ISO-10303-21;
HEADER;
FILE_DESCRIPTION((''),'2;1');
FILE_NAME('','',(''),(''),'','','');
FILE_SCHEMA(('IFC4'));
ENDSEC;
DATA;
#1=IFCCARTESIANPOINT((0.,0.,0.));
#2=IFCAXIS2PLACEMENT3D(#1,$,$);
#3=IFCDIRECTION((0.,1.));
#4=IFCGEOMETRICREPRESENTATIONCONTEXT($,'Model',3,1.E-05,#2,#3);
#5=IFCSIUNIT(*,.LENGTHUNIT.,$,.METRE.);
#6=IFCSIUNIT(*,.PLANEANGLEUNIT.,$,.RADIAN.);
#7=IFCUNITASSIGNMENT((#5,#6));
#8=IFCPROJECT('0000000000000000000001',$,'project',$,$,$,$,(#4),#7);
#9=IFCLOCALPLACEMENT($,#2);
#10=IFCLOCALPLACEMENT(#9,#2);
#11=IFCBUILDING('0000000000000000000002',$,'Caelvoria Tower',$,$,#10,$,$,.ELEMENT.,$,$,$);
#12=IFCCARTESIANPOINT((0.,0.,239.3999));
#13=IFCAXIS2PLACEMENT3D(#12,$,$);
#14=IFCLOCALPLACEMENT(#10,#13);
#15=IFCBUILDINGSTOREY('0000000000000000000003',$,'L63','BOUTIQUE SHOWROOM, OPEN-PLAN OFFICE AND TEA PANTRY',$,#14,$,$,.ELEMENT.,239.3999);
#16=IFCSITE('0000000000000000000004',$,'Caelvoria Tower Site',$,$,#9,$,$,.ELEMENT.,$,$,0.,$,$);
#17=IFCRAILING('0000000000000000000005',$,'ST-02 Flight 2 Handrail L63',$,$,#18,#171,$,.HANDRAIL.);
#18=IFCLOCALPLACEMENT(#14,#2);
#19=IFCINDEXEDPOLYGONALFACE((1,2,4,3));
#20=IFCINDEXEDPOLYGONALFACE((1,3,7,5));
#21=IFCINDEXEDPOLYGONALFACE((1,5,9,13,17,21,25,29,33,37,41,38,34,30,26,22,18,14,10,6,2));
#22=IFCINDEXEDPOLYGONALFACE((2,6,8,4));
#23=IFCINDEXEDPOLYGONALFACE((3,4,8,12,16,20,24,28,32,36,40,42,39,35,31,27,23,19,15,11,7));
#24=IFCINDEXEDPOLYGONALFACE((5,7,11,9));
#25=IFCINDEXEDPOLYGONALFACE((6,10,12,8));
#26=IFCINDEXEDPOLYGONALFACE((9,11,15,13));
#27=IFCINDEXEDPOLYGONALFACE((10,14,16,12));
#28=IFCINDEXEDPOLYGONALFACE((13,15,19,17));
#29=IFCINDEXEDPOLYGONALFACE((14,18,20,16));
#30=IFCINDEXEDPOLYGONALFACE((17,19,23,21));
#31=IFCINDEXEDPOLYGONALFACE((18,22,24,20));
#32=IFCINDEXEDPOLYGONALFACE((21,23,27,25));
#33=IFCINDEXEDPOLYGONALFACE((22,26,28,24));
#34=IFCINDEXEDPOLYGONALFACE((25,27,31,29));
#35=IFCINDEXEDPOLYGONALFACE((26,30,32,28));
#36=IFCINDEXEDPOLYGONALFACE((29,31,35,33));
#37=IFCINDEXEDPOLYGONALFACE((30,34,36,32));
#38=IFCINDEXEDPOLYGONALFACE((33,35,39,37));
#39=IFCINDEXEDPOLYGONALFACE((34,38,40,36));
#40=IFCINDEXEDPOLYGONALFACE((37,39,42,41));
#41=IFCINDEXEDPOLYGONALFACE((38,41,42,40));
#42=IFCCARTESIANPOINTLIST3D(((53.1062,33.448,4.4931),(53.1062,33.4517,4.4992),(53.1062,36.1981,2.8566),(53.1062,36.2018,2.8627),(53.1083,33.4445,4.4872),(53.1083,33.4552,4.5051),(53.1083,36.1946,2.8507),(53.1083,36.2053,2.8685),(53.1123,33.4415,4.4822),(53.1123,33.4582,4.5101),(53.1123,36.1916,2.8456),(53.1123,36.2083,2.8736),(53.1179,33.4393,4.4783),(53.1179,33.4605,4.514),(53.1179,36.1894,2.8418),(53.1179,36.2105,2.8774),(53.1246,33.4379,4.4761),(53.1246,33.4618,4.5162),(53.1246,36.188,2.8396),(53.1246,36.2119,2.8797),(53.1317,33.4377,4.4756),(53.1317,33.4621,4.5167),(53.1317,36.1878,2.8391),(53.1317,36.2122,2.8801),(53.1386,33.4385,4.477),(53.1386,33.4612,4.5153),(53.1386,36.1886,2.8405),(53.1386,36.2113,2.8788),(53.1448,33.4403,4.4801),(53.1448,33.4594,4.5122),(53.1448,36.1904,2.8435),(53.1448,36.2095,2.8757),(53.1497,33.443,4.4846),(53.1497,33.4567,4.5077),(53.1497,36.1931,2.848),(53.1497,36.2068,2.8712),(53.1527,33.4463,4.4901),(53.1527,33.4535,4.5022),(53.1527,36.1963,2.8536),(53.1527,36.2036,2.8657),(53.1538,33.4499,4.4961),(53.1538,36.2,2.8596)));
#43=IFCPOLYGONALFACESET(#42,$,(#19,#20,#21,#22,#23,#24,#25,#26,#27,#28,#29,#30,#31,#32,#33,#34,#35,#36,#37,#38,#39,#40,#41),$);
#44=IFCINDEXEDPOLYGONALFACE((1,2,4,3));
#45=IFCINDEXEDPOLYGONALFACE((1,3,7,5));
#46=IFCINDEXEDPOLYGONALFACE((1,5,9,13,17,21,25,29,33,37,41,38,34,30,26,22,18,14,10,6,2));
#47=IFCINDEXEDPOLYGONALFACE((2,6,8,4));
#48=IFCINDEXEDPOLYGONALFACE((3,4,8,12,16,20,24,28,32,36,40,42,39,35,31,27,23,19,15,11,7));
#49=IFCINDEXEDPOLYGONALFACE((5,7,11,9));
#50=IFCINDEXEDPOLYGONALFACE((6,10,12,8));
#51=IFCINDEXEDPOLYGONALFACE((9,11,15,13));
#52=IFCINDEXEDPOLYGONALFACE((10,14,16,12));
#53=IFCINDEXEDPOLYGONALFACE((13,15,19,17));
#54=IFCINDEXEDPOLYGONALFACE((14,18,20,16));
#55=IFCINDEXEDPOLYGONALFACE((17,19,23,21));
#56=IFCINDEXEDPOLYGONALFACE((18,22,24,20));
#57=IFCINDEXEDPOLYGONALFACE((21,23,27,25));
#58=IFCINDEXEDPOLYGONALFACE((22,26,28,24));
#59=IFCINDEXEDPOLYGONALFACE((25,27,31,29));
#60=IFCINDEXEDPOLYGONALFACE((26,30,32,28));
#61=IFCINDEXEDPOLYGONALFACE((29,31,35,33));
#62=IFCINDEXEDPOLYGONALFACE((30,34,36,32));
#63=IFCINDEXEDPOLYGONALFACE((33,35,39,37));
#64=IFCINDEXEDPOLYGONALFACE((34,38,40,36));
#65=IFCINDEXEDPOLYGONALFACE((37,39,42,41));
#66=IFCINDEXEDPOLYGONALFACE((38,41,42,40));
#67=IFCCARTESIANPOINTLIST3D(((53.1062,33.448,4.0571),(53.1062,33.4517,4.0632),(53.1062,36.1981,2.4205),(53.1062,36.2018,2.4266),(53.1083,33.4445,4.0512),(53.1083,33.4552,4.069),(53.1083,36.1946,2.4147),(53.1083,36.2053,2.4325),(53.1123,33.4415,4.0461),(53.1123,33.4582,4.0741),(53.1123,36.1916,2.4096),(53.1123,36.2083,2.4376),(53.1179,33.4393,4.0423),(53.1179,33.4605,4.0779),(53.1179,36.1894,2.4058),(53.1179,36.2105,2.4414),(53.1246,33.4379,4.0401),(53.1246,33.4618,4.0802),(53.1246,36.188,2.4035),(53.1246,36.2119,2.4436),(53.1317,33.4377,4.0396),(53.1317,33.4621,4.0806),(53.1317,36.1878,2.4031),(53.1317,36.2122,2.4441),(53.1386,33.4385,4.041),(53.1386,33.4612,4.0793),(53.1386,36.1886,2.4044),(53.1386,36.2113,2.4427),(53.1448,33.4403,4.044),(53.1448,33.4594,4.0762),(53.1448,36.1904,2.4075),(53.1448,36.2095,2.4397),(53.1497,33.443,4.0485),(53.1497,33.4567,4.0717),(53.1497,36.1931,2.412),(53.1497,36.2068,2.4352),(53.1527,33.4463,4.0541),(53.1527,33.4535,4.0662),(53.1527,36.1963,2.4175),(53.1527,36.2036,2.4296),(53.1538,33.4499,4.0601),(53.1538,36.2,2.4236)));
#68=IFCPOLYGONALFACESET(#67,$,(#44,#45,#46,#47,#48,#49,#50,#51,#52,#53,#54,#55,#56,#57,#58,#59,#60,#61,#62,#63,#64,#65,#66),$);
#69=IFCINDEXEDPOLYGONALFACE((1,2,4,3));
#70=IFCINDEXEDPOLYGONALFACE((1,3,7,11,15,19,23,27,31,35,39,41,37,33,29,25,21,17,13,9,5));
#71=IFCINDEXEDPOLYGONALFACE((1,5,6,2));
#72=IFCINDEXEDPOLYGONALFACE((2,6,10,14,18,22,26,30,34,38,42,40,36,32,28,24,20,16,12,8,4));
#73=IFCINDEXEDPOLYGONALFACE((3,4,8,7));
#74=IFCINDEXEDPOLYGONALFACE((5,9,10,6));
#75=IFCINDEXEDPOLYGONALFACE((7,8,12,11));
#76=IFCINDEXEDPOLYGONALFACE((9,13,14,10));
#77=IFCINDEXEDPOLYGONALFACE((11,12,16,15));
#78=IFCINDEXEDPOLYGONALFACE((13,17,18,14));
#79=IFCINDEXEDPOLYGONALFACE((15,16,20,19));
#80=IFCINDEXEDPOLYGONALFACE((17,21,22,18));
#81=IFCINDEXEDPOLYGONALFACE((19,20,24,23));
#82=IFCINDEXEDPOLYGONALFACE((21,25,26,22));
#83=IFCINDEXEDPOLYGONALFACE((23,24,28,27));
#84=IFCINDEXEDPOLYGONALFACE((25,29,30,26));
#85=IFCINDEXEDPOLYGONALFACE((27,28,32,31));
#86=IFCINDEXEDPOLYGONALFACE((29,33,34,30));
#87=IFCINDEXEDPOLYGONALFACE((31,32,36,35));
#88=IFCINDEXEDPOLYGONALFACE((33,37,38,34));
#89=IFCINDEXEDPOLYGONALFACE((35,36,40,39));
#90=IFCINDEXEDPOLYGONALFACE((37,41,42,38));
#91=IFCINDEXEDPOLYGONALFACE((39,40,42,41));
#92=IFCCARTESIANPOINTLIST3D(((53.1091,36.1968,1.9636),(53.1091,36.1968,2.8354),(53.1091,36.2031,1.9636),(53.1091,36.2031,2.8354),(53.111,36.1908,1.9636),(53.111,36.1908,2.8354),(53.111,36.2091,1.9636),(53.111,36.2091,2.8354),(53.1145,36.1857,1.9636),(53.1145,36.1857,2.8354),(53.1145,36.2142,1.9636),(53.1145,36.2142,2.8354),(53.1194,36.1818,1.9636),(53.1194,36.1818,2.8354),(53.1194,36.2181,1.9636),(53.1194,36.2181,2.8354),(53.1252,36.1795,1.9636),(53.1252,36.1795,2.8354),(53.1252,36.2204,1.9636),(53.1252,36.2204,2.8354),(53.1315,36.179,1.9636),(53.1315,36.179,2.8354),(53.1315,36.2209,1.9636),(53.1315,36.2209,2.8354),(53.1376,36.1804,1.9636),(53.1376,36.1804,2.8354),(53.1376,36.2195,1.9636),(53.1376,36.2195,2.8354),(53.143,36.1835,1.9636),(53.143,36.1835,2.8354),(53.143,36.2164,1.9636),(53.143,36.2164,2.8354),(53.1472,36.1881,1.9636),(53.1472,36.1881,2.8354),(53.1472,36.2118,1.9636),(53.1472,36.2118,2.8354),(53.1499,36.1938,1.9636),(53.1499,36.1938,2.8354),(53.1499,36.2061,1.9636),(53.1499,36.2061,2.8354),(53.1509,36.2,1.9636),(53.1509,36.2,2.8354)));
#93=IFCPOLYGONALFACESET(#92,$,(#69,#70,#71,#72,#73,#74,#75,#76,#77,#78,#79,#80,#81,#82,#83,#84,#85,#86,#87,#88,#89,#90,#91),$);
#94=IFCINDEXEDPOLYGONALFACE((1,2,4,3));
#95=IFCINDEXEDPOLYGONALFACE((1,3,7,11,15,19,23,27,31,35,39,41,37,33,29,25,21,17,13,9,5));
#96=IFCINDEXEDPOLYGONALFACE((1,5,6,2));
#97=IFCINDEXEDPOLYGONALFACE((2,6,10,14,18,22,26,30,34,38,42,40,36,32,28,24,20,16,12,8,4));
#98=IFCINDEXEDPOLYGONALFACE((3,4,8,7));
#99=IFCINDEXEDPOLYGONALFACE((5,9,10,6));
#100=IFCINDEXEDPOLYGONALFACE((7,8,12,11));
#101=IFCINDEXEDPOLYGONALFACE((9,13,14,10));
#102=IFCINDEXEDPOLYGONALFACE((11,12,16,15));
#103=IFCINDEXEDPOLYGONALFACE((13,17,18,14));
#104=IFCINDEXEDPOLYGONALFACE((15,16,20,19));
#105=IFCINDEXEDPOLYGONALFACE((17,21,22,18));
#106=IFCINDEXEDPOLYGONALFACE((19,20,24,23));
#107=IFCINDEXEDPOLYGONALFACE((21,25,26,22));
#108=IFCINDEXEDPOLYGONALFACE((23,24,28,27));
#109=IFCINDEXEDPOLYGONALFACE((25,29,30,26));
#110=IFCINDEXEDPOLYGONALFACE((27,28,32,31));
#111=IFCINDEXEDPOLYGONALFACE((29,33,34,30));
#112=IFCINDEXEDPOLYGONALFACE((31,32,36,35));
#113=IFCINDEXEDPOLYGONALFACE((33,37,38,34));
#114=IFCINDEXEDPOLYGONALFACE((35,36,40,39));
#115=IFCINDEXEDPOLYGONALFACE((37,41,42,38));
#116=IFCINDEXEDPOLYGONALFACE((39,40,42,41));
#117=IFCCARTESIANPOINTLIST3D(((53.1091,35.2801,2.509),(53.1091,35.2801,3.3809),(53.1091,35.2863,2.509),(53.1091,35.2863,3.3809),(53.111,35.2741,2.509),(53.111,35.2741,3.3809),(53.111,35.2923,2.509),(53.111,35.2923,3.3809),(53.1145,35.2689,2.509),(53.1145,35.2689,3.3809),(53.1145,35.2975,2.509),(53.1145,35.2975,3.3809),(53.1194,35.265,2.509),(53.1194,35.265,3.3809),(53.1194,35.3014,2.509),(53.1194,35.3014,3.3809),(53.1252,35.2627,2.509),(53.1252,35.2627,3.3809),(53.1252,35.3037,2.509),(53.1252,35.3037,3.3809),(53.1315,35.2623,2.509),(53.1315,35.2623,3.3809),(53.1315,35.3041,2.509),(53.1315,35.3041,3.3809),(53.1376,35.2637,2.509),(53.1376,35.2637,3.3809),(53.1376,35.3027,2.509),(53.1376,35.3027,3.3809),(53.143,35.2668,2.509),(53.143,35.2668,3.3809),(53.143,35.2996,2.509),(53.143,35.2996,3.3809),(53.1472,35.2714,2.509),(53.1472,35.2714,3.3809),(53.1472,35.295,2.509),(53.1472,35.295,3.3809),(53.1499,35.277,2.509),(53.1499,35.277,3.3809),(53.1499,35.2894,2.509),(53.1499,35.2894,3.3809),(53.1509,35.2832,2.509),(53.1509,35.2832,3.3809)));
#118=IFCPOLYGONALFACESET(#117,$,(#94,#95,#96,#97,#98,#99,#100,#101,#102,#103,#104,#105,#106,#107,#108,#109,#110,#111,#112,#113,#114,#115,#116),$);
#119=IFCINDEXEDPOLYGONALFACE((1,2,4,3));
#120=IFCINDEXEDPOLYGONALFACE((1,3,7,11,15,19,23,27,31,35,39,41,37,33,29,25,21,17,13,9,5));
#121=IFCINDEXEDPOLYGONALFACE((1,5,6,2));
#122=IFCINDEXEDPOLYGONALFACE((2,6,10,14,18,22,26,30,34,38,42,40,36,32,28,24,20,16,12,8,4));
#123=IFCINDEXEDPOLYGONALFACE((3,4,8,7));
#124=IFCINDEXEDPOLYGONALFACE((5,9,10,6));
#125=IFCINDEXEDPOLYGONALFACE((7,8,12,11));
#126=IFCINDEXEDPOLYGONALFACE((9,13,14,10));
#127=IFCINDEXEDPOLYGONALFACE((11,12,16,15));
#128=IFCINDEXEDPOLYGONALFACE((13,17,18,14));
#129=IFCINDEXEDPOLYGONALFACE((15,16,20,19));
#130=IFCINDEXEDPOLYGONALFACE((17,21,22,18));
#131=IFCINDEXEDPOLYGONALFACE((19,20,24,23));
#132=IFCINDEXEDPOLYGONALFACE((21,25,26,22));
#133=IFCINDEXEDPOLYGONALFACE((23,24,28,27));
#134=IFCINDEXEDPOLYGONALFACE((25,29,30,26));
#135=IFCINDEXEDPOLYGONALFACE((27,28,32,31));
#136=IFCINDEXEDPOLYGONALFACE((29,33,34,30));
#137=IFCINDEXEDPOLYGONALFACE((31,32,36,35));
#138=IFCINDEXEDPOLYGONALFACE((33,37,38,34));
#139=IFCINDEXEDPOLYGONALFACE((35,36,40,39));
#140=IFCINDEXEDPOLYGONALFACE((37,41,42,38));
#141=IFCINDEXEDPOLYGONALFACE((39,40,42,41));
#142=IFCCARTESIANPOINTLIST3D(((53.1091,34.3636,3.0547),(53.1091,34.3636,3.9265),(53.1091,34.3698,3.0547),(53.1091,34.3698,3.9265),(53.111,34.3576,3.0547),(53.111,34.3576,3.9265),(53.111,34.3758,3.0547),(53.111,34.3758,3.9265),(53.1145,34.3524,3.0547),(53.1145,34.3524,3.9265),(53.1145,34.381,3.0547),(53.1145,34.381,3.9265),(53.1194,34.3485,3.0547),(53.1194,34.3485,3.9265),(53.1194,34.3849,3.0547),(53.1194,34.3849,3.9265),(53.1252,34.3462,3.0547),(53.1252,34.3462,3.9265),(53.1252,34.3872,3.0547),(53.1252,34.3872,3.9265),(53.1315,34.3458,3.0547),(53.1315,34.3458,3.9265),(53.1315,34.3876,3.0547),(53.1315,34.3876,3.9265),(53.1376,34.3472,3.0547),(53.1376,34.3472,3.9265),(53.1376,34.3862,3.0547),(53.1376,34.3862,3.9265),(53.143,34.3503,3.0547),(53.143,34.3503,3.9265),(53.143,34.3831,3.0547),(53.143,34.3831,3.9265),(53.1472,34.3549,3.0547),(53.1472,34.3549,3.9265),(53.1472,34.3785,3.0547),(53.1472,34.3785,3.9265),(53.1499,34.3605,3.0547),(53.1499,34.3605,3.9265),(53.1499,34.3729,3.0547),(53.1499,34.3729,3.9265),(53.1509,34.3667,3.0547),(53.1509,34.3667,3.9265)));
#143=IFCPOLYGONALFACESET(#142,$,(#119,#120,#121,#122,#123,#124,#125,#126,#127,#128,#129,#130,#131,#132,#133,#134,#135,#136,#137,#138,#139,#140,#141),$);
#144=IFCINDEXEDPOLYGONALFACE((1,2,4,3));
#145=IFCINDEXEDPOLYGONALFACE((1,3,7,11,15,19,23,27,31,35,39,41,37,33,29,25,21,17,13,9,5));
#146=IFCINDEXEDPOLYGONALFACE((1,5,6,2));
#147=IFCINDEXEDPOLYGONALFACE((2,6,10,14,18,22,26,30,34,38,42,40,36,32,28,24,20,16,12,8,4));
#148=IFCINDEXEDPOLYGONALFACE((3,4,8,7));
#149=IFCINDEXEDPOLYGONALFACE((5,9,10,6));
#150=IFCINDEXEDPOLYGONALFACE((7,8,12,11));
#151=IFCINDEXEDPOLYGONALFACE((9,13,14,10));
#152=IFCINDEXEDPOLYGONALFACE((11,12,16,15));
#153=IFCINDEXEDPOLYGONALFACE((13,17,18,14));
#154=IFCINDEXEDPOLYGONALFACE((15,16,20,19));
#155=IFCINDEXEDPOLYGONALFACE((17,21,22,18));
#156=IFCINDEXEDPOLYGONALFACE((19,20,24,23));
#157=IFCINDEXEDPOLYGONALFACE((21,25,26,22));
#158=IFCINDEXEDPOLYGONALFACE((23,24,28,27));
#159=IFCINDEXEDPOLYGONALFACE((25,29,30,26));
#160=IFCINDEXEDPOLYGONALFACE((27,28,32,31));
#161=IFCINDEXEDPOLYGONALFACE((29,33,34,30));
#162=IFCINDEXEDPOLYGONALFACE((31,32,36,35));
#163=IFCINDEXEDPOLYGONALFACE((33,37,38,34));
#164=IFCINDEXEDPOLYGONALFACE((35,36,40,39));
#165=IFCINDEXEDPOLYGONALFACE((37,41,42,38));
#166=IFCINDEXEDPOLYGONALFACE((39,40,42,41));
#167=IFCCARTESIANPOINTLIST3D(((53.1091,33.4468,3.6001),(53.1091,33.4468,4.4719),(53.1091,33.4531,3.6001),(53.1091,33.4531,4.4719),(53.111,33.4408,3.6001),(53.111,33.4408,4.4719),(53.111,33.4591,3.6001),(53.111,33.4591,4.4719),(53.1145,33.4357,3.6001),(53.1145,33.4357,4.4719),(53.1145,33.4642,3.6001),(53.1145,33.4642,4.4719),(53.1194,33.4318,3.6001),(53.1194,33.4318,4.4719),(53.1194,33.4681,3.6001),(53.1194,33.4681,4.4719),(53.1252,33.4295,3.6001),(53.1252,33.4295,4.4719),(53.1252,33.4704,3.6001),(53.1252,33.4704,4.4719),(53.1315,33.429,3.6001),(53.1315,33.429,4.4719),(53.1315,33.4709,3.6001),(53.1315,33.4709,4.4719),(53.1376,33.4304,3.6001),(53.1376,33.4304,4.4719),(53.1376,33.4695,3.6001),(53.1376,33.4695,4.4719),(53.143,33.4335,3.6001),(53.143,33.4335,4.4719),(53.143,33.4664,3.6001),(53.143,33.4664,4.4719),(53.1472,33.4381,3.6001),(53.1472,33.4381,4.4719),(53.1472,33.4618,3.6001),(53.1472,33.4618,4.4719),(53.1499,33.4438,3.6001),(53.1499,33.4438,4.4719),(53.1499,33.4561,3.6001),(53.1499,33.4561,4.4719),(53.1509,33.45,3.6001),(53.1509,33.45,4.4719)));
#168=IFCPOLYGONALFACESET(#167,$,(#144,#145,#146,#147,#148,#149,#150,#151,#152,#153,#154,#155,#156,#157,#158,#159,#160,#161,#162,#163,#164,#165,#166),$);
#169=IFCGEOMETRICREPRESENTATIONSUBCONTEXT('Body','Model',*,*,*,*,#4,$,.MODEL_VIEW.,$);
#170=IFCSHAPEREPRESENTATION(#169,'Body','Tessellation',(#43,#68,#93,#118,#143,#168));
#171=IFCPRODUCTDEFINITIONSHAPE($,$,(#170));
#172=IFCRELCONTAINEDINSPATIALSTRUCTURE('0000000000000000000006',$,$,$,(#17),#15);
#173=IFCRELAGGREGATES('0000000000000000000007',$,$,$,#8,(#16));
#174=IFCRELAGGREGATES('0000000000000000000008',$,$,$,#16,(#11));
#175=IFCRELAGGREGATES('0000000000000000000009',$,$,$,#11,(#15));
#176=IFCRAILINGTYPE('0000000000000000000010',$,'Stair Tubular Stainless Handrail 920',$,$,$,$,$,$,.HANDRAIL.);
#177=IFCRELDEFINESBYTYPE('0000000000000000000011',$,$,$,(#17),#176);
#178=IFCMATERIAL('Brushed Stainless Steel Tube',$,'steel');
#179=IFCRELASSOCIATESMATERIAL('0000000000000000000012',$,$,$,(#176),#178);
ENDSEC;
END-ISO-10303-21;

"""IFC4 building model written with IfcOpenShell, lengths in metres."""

from ifc_helpers import new_model, si_unit, direction, frame, origin, origin_2d, place, context, subcontext, project, spatial, circle, extrude, material, type_object, element, save


model = new_model("IFC4")

# Units and contexts
model_context = context("Model", 3, precision=1e-05, world=origin(), true_north=direction((0.0, 1.0)))
body_context = subcontext(model_context, "Body", "Model", "MODEL_VIEW")
ifc_project = project(units=[si_unit("LENGTHUNIT", "METRE"), si_unit("PLANEANGLEUNIT", "RADIAN")], contexts=[model_context])

# Site, building, storey
site_placement = place(None, origin())
site = spatial("IfcSite", under=ifc_project, at=site_placement, Name="Caelvoria Tower Site", CompositionType="ELEMENT", RefElevation=0.0)
building_placement = place(site_placement, origin())
building = spatial("IfcBuilding", under=site, at=building_placement, Name="Caelvoria Tower", CompositionType="ELEMENT")
storey_placement = place(building_placement, frame((0.0, 0.0, 239.3999)))
storey = spatial("IfcBuildingStorey", under=building, at=storey_placement, Name="L63", Description="BOUTIQUE SHOWROOM, OPEN-PLAN OFFICE AND TEA PANTRY", CompositionType="ELEMENT", Elevation=239.3999)

# Railing
ifc_material_1 = material(Name="Brushed Stainless Steel Tube", Category="steel")
railing_type_1 = type_object("IfcRailingType", Name="Stair Tubular Stainless Handrail 920", PredefinedType="HANDRAIL", material=ifc_material_1)
railing_1_placement = place(storey_placement, frame((53.1299, 36.2, 1.9636)))
element("IfcRailing", 1, at=railing_1_placement, inside=storey, type_object=railing_type_1, Name="ST-02 Flight 2 Handrail L63", PredefinedType="HANDRAIL", context=body_context, shape_type="SweptSolid", body=[
    extrude(circle(Radius=0.0239, at=origin_2d()), frame((0.0, 0.0, 0.896), z_axis=(0.0, -0.859352, 0.511385), x_axis=(1.0, 0.0, 0.0)), (0.0, 0.0, 1.0), 3.2002),
    extrude(circle(Radius=0.0239, at=origin_2d()), frame((0.0, 0.0, 0.46), z_axis=(0.0, -0.859352, 0.511385), x_axis=(1.0, 0.0, 0.0)), (0.0, 0.0, 1.0), 3.2002),
    extrude(circle(Radius=0.021, at=origin_2d()), origin(), (0.0, 0.0, 1.0), 0.8718),
    extrude(circle(Radius=0.021, at=origin_2d()), frame((0.0, -0.9167, 0.5454)), (0.0, 0.0, 1.0), 0.8718),
    extrude(circle(Radius=0.021, at=origin_2d()), frame((0.0, -1.8333, 1.0911)), (0.0, 0.0, 1.0), 0.8718),
    extrude(circle(Radius=0.021, at=origin_2d()), frame((0.0, -2.75, 1.6365)), (0.0, 0.0, 1.0), 0.8718),
])

save(model, "model.ifc")
